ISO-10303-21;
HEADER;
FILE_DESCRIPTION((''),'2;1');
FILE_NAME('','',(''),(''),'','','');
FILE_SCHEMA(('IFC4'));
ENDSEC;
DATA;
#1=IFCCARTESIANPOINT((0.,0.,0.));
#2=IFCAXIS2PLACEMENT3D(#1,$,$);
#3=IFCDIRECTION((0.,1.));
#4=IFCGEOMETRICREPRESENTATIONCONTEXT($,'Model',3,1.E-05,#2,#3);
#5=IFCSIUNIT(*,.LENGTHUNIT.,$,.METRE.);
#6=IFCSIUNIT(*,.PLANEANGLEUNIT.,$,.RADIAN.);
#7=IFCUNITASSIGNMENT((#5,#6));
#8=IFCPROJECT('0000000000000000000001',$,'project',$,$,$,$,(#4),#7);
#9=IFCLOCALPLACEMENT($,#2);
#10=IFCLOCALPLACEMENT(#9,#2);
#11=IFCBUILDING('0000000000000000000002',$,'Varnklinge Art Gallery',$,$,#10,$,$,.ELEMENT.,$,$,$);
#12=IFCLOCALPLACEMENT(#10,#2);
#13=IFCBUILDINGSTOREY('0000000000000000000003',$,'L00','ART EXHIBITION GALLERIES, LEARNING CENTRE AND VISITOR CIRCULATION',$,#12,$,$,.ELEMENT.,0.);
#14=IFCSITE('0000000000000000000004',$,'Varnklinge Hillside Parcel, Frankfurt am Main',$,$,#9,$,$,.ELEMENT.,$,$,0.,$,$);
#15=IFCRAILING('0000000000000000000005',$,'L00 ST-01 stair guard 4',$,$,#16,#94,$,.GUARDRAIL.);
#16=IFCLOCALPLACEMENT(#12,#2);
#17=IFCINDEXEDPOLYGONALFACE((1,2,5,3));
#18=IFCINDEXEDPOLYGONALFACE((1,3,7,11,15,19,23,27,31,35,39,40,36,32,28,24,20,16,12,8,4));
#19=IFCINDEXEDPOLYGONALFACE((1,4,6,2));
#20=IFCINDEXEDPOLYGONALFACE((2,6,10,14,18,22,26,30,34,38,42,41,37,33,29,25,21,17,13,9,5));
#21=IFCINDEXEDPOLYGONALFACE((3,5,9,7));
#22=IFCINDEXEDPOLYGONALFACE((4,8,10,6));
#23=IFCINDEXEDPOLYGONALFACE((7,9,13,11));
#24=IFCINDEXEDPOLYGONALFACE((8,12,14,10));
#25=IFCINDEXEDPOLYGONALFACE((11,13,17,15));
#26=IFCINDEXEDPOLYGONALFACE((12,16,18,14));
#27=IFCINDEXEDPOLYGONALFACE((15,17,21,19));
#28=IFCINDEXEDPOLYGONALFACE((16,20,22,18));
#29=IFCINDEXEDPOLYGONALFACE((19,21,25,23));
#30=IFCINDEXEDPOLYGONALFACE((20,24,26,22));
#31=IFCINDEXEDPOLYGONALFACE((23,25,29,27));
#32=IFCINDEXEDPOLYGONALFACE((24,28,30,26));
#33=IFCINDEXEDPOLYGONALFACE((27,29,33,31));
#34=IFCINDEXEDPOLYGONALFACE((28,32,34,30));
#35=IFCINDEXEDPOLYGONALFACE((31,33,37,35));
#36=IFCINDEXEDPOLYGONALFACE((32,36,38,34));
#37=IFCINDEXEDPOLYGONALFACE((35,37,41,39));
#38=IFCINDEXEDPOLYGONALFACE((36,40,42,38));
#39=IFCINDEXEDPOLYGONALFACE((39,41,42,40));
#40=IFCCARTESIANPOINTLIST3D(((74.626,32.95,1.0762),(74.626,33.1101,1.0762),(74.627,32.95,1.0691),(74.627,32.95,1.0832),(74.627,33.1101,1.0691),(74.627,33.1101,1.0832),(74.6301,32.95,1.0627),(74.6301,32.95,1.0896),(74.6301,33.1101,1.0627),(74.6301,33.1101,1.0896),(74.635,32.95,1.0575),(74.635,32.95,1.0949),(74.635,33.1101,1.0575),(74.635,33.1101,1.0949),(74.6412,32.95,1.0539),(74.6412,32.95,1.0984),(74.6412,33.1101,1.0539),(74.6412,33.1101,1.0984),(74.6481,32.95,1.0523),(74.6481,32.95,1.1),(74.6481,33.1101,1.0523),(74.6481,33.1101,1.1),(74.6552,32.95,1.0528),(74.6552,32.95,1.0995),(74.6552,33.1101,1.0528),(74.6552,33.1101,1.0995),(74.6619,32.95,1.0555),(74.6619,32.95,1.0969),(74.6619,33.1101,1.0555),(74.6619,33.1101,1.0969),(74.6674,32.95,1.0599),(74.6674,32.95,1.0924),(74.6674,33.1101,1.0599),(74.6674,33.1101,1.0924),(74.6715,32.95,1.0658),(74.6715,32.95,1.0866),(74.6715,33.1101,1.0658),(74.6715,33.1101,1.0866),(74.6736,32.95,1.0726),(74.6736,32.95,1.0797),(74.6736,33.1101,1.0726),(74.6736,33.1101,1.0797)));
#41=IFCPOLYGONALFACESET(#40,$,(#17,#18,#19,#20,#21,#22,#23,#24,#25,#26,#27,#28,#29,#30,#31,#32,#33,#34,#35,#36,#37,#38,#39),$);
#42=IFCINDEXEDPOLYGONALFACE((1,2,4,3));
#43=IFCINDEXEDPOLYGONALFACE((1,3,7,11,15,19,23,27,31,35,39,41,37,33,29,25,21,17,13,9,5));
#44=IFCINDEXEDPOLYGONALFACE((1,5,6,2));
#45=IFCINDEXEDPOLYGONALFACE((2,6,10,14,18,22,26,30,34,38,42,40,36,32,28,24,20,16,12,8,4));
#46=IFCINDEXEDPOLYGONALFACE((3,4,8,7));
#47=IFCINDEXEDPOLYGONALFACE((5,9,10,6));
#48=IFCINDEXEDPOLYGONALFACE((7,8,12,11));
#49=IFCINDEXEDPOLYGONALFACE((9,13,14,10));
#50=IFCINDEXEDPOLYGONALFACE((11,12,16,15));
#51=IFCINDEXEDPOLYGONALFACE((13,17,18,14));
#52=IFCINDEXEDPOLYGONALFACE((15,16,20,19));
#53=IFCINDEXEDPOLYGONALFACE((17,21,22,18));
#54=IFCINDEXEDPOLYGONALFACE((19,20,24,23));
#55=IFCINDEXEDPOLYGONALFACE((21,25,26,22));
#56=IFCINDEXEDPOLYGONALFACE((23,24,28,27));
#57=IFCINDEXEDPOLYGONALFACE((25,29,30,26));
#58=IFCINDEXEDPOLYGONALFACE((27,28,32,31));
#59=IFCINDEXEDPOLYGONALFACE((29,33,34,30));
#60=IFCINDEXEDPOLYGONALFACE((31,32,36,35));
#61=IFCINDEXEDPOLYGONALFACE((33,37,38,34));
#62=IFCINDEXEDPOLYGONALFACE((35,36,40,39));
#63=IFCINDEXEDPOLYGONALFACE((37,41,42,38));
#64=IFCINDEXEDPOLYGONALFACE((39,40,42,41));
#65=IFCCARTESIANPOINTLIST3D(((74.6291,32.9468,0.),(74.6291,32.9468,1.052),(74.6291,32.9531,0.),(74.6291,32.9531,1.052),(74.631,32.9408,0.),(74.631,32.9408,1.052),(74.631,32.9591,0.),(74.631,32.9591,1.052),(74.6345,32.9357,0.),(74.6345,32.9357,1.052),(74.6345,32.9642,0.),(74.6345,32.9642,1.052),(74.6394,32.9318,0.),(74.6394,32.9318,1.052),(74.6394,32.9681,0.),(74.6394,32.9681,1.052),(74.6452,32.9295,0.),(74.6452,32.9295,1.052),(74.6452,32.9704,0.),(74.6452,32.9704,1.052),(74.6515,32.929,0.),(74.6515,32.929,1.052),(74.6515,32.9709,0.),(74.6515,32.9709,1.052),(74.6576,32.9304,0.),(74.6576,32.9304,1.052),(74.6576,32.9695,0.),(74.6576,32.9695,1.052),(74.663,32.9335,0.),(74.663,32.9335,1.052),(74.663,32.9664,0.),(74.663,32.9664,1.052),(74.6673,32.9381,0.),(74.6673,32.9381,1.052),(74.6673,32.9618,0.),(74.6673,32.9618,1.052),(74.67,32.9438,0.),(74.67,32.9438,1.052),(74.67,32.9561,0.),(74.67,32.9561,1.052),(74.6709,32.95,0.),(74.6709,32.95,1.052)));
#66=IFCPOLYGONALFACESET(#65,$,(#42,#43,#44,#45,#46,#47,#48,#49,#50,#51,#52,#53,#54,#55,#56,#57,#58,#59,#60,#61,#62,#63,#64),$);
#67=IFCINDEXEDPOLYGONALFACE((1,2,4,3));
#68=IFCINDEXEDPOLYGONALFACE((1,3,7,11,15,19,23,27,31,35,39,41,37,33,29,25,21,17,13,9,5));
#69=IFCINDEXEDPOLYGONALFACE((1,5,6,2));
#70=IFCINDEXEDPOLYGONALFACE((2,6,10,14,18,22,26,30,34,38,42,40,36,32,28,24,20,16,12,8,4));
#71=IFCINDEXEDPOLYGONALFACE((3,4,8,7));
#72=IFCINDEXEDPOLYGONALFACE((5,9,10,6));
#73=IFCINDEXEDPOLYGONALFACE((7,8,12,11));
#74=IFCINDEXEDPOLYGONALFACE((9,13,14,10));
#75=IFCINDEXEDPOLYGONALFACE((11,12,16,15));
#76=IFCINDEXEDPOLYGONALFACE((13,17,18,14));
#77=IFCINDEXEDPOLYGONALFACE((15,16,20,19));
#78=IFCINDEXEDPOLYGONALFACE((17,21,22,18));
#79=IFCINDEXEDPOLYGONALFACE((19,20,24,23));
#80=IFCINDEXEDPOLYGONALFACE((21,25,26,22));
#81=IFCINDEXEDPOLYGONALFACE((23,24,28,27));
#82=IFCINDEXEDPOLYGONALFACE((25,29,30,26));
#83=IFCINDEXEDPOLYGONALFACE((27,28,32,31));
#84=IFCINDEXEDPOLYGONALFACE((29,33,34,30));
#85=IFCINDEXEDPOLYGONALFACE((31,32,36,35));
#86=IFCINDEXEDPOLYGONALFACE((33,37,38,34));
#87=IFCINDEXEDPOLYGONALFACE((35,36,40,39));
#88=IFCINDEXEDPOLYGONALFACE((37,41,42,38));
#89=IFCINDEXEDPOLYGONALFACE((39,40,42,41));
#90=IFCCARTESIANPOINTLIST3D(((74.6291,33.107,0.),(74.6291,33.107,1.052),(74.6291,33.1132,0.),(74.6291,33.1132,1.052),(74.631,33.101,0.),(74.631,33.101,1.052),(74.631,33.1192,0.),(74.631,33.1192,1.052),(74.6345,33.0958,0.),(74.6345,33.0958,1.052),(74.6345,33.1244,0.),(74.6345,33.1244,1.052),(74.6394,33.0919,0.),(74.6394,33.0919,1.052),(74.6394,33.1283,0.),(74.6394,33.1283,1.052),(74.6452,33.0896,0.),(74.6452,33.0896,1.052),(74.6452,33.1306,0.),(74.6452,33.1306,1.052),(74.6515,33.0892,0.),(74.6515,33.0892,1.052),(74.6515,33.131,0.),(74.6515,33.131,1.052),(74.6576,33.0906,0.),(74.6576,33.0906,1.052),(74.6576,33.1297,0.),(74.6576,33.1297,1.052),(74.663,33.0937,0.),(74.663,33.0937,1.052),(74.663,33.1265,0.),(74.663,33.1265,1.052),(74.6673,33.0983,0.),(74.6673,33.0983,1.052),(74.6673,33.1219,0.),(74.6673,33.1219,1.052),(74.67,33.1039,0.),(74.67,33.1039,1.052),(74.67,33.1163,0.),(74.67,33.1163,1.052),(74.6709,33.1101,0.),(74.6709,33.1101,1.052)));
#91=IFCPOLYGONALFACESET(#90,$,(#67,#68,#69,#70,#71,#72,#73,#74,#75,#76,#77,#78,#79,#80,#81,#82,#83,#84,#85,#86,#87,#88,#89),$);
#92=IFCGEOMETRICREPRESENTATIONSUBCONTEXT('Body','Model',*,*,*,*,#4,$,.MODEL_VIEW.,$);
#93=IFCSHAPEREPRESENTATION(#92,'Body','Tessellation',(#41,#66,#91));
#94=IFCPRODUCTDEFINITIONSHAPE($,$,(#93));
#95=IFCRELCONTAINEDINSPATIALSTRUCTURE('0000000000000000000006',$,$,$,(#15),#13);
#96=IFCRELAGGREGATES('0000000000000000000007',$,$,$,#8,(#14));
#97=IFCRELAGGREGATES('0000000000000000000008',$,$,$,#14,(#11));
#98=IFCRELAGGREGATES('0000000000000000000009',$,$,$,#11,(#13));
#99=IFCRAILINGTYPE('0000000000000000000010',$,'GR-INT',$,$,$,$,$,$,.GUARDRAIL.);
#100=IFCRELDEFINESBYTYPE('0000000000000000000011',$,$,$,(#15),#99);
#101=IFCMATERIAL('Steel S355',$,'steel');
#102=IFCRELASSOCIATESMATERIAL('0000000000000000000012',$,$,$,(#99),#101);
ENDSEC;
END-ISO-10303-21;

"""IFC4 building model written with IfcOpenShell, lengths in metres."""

from ifc_helpers import new_model, si_unit, direction, frame, origin, origin_2d, place, context, subcontext, project, spatial, circle, extrude, material, type_object, element, save


model = new_model("IFC4")

# Units and contexts
model_context = context("Model", 3, precision=1e-05, world=origin(), true_north=direction((0.0, 1.0)))
body_context = subcontext(model_context, "Body", "Model", "MODEL_VIEW")
ifc_project = project(units=[si_unit("LENGTHUNIT", "METRE"), si_unit("PLANEANGLEUNIT", "RADIAN")], contexts=[model_context])

# Site, building, storey
site_placement = place(None, origin())
site = spatial("IfcSite", under=ifc_project, at=site_placement, Name="Varnklinge Hillside Parcel, Frankfurt am Main", CompositionType="ELEMENT", RefElevation=0.0)
building_placement = place(site_placement, origin())
building = spatial("IfcBuilding", under=site, at=building_placement, Name="Varnklinge Art Gallery", CompositionType="ELEMENT")
storey_placement = place(building_placement, origin())
storey = spatial("IfcBuildingStorey", under=building, at=storey_placement, Name="L00", Description="ART EXHIBITION GALLERIES, LEARNING CENTRE AND VISITOR CIRCULATION", CompositionType="ELEMENT", Elevation=0.0)

# Railing
ifc_material_1 = material(Name="Steel S355", Category="steel")
railing_type_1 = type_object("IfcRailingType", Name="GR-INT", PredefinedType="GUARDRAIL", material=ifc_material_1)
railing_1_placement = place(storey_placement, frame((74.6499, 32.95, 0.0)))
element("IfcRailing", 1, at=railing_1_placement, inside=storey, type_object=railing_type_1, Name="L00 ST-01 stair guard 4", PredefinedType="GUARDRAIL", context=body_context, shape_type="SweptSolid", body=[
    extrude(circle(Radius=0.0239, at=origin_2d()), frame((0.0, 0.0, 1.0762), z_axis=(0.0, 1.0, 0.0), x_axis=(-1.0, 0.0, 0.0)), (0.0, 0.0, 1.0), 0.1602),
    extrude(circle(Radius=0.021, at=origin_2d()), origin(), (0.0, 0.0, 1.0), 1.052),
    extrude(circle(Radius=0.021, at=origin_2d()), frame((0.0, 0.1602, 0.0)), (0.0, 0.0, 1.0), 1.052),
])

save(model, "model.ifc")
